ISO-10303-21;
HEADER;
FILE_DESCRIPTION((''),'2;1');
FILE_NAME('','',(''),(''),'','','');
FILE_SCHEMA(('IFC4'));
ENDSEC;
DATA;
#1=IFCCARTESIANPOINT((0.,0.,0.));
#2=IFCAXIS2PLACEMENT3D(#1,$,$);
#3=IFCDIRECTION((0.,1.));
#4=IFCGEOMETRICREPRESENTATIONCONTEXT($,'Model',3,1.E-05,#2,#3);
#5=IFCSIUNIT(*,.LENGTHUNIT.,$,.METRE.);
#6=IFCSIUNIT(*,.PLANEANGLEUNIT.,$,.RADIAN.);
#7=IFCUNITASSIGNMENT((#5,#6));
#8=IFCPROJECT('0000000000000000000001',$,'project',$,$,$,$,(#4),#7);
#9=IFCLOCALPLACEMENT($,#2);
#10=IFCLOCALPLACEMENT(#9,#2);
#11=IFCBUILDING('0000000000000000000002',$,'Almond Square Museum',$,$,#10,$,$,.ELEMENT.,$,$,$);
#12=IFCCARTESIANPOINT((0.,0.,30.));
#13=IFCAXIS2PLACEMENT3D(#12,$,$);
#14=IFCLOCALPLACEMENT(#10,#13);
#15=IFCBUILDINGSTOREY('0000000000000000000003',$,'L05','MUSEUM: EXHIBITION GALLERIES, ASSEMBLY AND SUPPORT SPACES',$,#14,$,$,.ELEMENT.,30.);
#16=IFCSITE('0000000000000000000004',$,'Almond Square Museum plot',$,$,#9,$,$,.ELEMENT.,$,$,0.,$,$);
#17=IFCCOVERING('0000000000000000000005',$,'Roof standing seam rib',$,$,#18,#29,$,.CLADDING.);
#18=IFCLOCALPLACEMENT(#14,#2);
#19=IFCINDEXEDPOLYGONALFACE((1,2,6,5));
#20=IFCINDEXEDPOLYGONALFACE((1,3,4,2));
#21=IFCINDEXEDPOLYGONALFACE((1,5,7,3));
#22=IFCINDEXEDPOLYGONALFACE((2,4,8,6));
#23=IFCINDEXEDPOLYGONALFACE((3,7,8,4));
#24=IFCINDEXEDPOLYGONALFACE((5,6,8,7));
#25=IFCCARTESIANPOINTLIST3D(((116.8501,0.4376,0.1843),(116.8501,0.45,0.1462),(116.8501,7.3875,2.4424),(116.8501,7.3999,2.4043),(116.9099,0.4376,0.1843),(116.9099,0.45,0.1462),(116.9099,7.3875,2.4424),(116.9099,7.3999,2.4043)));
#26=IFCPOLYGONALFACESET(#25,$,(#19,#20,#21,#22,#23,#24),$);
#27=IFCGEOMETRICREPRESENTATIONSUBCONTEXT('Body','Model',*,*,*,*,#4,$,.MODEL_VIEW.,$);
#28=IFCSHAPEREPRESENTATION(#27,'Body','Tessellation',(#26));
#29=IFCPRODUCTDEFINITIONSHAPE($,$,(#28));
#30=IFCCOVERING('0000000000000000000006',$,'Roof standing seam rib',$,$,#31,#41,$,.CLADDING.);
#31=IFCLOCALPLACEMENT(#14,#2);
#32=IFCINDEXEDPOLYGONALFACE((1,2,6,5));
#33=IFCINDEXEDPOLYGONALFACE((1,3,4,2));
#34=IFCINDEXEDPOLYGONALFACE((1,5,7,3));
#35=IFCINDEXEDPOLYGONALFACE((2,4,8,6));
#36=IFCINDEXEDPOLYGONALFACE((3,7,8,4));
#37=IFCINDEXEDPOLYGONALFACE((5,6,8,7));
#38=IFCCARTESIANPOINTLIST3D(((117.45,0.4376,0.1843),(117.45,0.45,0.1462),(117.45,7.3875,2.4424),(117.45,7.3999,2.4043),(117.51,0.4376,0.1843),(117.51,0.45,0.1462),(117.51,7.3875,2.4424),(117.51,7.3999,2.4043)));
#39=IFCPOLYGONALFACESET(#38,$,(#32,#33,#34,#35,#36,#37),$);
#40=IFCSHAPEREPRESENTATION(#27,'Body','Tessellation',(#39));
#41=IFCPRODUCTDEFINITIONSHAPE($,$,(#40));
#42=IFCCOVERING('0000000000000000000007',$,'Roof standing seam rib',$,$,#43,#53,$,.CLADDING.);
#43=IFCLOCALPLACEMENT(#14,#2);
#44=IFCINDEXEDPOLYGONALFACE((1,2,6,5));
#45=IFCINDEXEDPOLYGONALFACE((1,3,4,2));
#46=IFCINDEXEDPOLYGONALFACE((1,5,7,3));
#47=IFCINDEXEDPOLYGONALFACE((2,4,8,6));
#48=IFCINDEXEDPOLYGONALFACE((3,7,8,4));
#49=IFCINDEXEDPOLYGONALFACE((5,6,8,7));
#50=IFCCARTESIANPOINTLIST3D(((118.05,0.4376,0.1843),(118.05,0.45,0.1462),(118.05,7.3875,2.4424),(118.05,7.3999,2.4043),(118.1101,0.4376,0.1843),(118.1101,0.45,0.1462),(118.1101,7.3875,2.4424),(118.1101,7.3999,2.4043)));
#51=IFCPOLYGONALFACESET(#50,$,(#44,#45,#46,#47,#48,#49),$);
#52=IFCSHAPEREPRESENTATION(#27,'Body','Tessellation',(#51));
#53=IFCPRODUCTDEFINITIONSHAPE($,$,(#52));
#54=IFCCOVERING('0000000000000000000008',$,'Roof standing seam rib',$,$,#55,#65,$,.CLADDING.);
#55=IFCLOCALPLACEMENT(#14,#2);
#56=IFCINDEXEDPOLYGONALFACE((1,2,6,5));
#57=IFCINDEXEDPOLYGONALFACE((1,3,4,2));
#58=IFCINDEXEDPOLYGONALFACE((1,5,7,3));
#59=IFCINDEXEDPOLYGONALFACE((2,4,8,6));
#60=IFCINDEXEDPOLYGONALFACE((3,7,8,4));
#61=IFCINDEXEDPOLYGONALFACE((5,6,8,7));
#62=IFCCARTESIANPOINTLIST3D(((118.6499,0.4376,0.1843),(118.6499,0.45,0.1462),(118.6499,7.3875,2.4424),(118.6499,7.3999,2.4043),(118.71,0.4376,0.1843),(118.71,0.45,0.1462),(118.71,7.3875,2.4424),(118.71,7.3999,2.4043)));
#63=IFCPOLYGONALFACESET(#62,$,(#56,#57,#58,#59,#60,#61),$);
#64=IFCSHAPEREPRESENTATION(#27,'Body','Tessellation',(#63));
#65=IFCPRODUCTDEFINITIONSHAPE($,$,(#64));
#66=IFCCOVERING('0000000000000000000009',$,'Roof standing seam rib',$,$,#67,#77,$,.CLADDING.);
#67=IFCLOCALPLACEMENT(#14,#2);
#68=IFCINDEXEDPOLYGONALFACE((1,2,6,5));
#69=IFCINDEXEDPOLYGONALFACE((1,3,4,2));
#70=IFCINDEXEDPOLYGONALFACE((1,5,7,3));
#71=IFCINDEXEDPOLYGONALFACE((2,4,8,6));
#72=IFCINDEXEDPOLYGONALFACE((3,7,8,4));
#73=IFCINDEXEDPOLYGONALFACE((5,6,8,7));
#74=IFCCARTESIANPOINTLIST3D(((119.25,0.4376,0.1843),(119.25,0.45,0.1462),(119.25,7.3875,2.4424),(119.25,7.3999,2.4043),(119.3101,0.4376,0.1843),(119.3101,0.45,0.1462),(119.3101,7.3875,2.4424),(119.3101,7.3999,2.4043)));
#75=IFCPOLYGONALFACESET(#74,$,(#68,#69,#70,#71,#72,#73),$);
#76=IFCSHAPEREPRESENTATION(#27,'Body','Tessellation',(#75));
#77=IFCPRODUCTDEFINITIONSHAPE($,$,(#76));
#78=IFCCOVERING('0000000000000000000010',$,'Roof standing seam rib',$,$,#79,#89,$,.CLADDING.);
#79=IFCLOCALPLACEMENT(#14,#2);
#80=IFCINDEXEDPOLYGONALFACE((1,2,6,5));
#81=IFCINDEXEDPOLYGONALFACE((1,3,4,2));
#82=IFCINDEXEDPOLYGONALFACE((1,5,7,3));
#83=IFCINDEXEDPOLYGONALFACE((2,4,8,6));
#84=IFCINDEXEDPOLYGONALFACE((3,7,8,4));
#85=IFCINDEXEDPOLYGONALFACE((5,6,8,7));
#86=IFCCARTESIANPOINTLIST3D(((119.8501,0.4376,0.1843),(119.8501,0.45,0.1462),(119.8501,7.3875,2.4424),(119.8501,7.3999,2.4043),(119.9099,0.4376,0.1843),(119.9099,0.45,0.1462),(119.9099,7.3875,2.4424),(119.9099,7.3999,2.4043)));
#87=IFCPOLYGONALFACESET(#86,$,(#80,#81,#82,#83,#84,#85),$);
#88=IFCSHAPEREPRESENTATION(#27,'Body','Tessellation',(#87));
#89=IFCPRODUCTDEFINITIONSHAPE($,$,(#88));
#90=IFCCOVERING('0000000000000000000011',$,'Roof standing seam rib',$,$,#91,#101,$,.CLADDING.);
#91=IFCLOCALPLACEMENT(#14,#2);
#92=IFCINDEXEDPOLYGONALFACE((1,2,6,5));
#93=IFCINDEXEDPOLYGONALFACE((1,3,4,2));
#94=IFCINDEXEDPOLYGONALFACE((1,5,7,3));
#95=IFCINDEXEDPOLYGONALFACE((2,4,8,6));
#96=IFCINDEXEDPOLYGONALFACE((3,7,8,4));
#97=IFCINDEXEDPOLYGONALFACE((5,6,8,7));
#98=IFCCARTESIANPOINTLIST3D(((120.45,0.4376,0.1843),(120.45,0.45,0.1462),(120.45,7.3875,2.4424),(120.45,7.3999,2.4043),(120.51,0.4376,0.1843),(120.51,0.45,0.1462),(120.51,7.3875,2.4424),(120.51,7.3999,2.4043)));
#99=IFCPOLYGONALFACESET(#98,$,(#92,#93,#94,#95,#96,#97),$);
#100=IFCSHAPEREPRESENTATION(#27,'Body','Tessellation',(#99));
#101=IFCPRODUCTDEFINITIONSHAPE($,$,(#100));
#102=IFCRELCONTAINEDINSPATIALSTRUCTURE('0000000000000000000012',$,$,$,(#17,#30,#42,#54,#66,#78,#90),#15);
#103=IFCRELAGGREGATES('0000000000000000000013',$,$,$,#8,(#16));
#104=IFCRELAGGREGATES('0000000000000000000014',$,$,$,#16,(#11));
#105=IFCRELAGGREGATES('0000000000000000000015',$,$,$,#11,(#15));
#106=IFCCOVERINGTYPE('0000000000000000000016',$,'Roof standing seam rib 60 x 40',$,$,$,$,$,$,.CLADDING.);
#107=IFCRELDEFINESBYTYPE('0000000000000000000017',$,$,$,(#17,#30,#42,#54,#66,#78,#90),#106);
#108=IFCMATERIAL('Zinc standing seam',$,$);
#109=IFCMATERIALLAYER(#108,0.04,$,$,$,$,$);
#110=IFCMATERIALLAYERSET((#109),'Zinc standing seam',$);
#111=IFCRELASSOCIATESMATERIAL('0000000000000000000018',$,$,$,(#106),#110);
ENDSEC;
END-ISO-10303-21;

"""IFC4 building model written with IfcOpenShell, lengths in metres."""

from ifc_helpers import new_model, si_unit, direction, frame, origin, place, context, subcontext, project, spatial, polyline, outline, extrude, material, layer, layer_set, type_object, element, save


model = new_model("IFC4")

# Units and contexts
model_context = context("Model", 3, precision=1e-05, world=origin(), true_north=direction((0.0, 1.0)))
body_context = subcontext(model_context, "Body", "Model", "MODEL_VIEW")
ifc_project = project(units=[si_unit("LENGTHUNIT", "METRE"), si_unit("PLANEANGLEUNIT", "RADIAN")], contexts=[model_context])

# Site, building, storey
site_placement = place(None, origin())
site = spatial("IfcSite", under=ifc_project, at=site_placement, Name="Almond Square Museum plot", CompositionType="ELEMENT", RefElevation=0.0)
building_placement = place(site_placement, origin())
building = spatial("IfcBuilding", under=site, at=building_placement, Name="Almond Square Museum", CompositionType="ELEMENT")
storey_placement = place(building_placement, frame((0.0, 0.0, 30.0)))
storey = spatial("IfcBuildingStorey", under=building, at=storey_placement, Name="L05", Description="MUSEUM: EXHIBITION GALLERIES, ASSEMBLY AND SUPPORT SPACES", CompositionType="ELEMENT", Elevation=30.0)

# Coverings
ifc_material_1 = material(Name="Zinc standing seam")
ifc_layer_1 = layer(ifc_material_1, 0.04)
ifc_layer_set_1 = layer_set([ifc_layer_1], Name="Zinc standing seam")
covering_type = type_object("IfcCoveringType", Name="Roof standing seam rib 60 x 40", PredefinedType="CLADDING", material=ifc_layer_set_1)
covering_1_placement = place(storey_placement, frame((116.8501, 0.45, 0.1462), z_axis=(0.0, -0.309002, 0.951061), x_axis=(1.0, 0.0, 0.0)))
element("IfcCovering", 1, at=covering_1_placement, inside=storey, type_object=covering_type, Name="Roof standing seam rib", PredefinedType="CLADDING", context=body_context, shape_type="SweptSolid", body=[
    extrude(outline(polyline([(0.0, 0.0), (0.0598, 0.0), (0.0598, 7.3076), (0.0, 7.3076), (0.0, 0.0)])), origin(), (0.0, 0.0, 1.0), 0.04),
])
for number, where, z_axis, x_axis, name in (
    (2, (117.45, 0.45, 0.1462), (0.0, -0.309002, 0.951061), (1.0, 0.0, 0.0), "Roof standing seam rib"),
    (3, (118.05, 0.45, 0.1462), (0.0, -0.309002, 0.951061), (1.0, 0.0, 0.0), "Roof standing seam rib"),
    (4, (118.6499, 0.45, 0.1462), (0.0, -0.309002, 0.951061), (1.0, 0.0, 0.0), "Roof standing seam rib"),
    (5, (119.25, 0.45, 0.1462), (0.0, -0.309002, 0.951061), (1.0, 0.0, 0.0), "Roof standing seam rib"),
):
    element("IfcCovering", number, at=place(storey_placement, frame(where, z_axis=z_axis, x_axis=x_axis)), inside=storey, type_object=covering_type, Name=name, PredefinedType="CLADDING", context=body_context, shape_type="SweptSolid", body=[
        extrude(outline(polyline([(0.0, 0.0), (0.0601, 0.0), (0.0601, 7.3076), (0.0, 7.3076), (0.0, 0.0)])), origin(), (0.0, 0.0, 1.0), 0.04),
    ])
covering_2_placement = place(storey_placement, frame((119.8501, 0.45, 0.1462), z_axis=(0.0, -0.309002, 0.951061), x_axis=(1.0, 0.0, 0.0)))
element("IfcCovering", 6, at=covering_2_placement, inside=storey, type_object=covering_type, Name="Roof standing seam rib", PredefinedType="CLADDING", context=body_context, shape_type="SweptSolid", body=[
    extrude(outline(polyline([(0.0, 0.0), (0.0598, 0.0), (0.0598, 7.3076), (0.0, 7.3076), (0.0, 0.0)])), origin(), (0.0, 0.0, 1.0), 0.04),
])
covering_3_placement = place(storey_placement, frame((120.45, 0.45, 0.1462), z_axis=(0.0, -0.309002, 0.951061), x_axis=(1.0, 0.0, 0.0)))
element("IfcCovering", 7, at=covering_3_placement, inside=storey, type_object=covering_type, Name="Roof standing seam rib", PredefinedType="CLADDING", context=body_context, shape_type="SweptSolid", body=[
    extrude(outline(polyline([(0.0, 0.0), (0.0601, 0.0), (0.0601, 7.3076), (0.0, 7.3076), (0.0, 0.0)])), origin(), (0.0, 0.0, 1.0), 0.04),
])

save(model, "model.ifc")
